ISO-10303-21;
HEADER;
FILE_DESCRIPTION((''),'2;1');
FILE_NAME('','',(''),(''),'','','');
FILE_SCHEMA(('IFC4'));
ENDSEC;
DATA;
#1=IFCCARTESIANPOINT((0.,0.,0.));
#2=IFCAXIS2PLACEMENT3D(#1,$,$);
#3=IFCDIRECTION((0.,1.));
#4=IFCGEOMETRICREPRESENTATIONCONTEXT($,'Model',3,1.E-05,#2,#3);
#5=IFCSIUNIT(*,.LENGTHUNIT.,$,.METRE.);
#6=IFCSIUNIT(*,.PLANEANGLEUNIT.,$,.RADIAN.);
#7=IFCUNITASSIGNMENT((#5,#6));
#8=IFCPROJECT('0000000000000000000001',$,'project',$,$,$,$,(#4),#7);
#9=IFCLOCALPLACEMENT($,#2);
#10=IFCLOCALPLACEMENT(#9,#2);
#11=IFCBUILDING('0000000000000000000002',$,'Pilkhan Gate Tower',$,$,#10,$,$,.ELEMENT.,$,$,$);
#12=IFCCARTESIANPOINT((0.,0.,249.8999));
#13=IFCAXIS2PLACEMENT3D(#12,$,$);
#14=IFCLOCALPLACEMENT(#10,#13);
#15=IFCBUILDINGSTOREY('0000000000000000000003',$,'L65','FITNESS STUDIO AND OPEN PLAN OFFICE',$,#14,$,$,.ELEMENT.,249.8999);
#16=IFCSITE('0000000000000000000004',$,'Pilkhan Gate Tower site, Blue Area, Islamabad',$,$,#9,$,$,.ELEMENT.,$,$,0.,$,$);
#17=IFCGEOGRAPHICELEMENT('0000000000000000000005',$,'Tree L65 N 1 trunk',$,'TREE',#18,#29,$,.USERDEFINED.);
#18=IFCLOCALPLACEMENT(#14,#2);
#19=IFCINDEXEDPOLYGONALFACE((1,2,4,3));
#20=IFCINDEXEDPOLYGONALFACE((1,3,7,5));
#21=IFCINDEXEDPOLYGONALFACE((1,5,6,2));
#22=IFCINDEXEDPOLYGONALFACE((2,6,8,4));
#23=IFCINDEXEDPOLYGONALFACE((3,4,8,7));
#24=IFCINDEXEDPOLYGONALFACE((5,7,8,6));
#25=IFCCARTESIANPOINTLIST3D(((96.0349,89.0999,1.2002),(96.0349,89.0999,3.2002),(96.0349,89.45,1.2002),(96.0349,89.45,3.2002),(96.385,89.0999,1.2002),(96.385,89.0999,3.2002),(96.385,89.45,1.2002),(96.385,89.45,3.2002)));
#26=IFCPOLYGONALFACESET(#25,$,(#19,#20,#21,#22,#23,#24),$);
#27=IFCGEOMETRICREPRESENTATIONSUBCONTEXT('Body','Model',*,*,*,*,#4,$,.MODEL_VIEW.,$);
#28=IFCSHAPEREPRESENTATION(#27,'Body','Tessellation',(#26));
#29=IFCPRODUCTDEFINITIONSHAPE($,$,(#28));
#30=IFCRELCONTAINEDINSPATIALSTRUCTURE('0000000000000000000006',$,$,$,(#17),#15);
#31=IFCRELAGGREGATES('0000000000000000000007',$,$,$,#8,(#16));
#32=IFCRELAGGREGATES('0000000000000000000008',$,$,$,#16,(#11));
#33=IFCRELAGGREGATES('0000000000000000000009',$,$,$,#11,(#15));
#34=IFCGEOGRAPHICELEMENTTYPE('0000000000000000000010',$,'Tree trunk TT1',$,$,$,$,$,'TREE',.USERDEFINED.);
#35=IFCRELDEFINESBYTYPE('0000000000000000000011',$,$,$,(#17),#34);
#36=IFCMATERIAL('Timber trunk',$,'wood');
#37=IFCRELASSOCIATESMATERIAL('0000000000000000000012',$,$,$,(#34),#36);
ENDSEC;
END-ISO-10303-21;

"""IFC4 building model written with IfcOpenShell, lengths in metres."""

from ifc_helpers import new_model, si_unit, direction, frame, origin, origin_2d, place, context, subcontext, project, spatial, rectangle, extrude, material, type_object, element, save


model = new_model("IFC4")

# Units and contexts
model_context = context("Model", 3, precision=1e-05, world=origin(), true_north=direction((0.0, 1.0)))
body_context = subcontext(model_context, "Body", "Model", "MODEL_VIEW")
ifc_project = project(units=[si_unit("LENGTHUNIT", "METRE"), si_unit("PLANEANGLEUNIT", "RADIAN")], contexts=[model_context])

# Site, building, storey
site_placement = place(None, origin())
site = spatial("IfcSite", under=ifc_project, at=site_placement, Name="Pilkhan Gate Tower site, Blue Area, Islamabad", CompositionType="ELEMENT", RefElevation=0.0)
building_placement = place(site_placement, origin())
building = spatial("IfcBuilding", under=site, at=building_placement, Name="Pilkhan Gate Tower", CompositionType="ELEMENT")
storey_placement = place(building_placement, frame((0.0, 0.0, 249.8999)))
storey = spatial("IfcBuildingStorey", under=building, at=storey_placement, Name="L65", Description="FITNESS STUDIO AND OPEN PLAN OFFICE", CompositionType="ELEMENT", Elevation=249.8999)

# Geographic element
ifc_material_1 = material(Name="Timber trunk", Category="wood")
geographic_element_type_1 = type_object("IfcGeographicElementType", Name="Tree trunk TT1", ElementType="TREE", PredefinedType="USERDEFINED", material=ifc_material_1)
geographic_element_1_placement = place(storey_placement, frame((96.21, 89.2749, 1.2002), z_axis=(0.0, 0.0, 1.0), x_axis=(1.0, 0.0, 0.0)))
element("IfcGeographicElement", 1, at=geographic_element_1_placement, inside=storey, type_object=geographic_element_type_1, Name="Tree L65 N 1 trunk", ObjectType="TREE", PredefinedType="USERDEFINED", context=body_context, shape_type="SweptSolid", body=[
    extrude(rectangle(XDim=0.3501, YDim=0.3501, at=origin_2d()), origin(), (0.0, 0.0, 1.0), 2.0),
])

save(model, "model.ifc")
